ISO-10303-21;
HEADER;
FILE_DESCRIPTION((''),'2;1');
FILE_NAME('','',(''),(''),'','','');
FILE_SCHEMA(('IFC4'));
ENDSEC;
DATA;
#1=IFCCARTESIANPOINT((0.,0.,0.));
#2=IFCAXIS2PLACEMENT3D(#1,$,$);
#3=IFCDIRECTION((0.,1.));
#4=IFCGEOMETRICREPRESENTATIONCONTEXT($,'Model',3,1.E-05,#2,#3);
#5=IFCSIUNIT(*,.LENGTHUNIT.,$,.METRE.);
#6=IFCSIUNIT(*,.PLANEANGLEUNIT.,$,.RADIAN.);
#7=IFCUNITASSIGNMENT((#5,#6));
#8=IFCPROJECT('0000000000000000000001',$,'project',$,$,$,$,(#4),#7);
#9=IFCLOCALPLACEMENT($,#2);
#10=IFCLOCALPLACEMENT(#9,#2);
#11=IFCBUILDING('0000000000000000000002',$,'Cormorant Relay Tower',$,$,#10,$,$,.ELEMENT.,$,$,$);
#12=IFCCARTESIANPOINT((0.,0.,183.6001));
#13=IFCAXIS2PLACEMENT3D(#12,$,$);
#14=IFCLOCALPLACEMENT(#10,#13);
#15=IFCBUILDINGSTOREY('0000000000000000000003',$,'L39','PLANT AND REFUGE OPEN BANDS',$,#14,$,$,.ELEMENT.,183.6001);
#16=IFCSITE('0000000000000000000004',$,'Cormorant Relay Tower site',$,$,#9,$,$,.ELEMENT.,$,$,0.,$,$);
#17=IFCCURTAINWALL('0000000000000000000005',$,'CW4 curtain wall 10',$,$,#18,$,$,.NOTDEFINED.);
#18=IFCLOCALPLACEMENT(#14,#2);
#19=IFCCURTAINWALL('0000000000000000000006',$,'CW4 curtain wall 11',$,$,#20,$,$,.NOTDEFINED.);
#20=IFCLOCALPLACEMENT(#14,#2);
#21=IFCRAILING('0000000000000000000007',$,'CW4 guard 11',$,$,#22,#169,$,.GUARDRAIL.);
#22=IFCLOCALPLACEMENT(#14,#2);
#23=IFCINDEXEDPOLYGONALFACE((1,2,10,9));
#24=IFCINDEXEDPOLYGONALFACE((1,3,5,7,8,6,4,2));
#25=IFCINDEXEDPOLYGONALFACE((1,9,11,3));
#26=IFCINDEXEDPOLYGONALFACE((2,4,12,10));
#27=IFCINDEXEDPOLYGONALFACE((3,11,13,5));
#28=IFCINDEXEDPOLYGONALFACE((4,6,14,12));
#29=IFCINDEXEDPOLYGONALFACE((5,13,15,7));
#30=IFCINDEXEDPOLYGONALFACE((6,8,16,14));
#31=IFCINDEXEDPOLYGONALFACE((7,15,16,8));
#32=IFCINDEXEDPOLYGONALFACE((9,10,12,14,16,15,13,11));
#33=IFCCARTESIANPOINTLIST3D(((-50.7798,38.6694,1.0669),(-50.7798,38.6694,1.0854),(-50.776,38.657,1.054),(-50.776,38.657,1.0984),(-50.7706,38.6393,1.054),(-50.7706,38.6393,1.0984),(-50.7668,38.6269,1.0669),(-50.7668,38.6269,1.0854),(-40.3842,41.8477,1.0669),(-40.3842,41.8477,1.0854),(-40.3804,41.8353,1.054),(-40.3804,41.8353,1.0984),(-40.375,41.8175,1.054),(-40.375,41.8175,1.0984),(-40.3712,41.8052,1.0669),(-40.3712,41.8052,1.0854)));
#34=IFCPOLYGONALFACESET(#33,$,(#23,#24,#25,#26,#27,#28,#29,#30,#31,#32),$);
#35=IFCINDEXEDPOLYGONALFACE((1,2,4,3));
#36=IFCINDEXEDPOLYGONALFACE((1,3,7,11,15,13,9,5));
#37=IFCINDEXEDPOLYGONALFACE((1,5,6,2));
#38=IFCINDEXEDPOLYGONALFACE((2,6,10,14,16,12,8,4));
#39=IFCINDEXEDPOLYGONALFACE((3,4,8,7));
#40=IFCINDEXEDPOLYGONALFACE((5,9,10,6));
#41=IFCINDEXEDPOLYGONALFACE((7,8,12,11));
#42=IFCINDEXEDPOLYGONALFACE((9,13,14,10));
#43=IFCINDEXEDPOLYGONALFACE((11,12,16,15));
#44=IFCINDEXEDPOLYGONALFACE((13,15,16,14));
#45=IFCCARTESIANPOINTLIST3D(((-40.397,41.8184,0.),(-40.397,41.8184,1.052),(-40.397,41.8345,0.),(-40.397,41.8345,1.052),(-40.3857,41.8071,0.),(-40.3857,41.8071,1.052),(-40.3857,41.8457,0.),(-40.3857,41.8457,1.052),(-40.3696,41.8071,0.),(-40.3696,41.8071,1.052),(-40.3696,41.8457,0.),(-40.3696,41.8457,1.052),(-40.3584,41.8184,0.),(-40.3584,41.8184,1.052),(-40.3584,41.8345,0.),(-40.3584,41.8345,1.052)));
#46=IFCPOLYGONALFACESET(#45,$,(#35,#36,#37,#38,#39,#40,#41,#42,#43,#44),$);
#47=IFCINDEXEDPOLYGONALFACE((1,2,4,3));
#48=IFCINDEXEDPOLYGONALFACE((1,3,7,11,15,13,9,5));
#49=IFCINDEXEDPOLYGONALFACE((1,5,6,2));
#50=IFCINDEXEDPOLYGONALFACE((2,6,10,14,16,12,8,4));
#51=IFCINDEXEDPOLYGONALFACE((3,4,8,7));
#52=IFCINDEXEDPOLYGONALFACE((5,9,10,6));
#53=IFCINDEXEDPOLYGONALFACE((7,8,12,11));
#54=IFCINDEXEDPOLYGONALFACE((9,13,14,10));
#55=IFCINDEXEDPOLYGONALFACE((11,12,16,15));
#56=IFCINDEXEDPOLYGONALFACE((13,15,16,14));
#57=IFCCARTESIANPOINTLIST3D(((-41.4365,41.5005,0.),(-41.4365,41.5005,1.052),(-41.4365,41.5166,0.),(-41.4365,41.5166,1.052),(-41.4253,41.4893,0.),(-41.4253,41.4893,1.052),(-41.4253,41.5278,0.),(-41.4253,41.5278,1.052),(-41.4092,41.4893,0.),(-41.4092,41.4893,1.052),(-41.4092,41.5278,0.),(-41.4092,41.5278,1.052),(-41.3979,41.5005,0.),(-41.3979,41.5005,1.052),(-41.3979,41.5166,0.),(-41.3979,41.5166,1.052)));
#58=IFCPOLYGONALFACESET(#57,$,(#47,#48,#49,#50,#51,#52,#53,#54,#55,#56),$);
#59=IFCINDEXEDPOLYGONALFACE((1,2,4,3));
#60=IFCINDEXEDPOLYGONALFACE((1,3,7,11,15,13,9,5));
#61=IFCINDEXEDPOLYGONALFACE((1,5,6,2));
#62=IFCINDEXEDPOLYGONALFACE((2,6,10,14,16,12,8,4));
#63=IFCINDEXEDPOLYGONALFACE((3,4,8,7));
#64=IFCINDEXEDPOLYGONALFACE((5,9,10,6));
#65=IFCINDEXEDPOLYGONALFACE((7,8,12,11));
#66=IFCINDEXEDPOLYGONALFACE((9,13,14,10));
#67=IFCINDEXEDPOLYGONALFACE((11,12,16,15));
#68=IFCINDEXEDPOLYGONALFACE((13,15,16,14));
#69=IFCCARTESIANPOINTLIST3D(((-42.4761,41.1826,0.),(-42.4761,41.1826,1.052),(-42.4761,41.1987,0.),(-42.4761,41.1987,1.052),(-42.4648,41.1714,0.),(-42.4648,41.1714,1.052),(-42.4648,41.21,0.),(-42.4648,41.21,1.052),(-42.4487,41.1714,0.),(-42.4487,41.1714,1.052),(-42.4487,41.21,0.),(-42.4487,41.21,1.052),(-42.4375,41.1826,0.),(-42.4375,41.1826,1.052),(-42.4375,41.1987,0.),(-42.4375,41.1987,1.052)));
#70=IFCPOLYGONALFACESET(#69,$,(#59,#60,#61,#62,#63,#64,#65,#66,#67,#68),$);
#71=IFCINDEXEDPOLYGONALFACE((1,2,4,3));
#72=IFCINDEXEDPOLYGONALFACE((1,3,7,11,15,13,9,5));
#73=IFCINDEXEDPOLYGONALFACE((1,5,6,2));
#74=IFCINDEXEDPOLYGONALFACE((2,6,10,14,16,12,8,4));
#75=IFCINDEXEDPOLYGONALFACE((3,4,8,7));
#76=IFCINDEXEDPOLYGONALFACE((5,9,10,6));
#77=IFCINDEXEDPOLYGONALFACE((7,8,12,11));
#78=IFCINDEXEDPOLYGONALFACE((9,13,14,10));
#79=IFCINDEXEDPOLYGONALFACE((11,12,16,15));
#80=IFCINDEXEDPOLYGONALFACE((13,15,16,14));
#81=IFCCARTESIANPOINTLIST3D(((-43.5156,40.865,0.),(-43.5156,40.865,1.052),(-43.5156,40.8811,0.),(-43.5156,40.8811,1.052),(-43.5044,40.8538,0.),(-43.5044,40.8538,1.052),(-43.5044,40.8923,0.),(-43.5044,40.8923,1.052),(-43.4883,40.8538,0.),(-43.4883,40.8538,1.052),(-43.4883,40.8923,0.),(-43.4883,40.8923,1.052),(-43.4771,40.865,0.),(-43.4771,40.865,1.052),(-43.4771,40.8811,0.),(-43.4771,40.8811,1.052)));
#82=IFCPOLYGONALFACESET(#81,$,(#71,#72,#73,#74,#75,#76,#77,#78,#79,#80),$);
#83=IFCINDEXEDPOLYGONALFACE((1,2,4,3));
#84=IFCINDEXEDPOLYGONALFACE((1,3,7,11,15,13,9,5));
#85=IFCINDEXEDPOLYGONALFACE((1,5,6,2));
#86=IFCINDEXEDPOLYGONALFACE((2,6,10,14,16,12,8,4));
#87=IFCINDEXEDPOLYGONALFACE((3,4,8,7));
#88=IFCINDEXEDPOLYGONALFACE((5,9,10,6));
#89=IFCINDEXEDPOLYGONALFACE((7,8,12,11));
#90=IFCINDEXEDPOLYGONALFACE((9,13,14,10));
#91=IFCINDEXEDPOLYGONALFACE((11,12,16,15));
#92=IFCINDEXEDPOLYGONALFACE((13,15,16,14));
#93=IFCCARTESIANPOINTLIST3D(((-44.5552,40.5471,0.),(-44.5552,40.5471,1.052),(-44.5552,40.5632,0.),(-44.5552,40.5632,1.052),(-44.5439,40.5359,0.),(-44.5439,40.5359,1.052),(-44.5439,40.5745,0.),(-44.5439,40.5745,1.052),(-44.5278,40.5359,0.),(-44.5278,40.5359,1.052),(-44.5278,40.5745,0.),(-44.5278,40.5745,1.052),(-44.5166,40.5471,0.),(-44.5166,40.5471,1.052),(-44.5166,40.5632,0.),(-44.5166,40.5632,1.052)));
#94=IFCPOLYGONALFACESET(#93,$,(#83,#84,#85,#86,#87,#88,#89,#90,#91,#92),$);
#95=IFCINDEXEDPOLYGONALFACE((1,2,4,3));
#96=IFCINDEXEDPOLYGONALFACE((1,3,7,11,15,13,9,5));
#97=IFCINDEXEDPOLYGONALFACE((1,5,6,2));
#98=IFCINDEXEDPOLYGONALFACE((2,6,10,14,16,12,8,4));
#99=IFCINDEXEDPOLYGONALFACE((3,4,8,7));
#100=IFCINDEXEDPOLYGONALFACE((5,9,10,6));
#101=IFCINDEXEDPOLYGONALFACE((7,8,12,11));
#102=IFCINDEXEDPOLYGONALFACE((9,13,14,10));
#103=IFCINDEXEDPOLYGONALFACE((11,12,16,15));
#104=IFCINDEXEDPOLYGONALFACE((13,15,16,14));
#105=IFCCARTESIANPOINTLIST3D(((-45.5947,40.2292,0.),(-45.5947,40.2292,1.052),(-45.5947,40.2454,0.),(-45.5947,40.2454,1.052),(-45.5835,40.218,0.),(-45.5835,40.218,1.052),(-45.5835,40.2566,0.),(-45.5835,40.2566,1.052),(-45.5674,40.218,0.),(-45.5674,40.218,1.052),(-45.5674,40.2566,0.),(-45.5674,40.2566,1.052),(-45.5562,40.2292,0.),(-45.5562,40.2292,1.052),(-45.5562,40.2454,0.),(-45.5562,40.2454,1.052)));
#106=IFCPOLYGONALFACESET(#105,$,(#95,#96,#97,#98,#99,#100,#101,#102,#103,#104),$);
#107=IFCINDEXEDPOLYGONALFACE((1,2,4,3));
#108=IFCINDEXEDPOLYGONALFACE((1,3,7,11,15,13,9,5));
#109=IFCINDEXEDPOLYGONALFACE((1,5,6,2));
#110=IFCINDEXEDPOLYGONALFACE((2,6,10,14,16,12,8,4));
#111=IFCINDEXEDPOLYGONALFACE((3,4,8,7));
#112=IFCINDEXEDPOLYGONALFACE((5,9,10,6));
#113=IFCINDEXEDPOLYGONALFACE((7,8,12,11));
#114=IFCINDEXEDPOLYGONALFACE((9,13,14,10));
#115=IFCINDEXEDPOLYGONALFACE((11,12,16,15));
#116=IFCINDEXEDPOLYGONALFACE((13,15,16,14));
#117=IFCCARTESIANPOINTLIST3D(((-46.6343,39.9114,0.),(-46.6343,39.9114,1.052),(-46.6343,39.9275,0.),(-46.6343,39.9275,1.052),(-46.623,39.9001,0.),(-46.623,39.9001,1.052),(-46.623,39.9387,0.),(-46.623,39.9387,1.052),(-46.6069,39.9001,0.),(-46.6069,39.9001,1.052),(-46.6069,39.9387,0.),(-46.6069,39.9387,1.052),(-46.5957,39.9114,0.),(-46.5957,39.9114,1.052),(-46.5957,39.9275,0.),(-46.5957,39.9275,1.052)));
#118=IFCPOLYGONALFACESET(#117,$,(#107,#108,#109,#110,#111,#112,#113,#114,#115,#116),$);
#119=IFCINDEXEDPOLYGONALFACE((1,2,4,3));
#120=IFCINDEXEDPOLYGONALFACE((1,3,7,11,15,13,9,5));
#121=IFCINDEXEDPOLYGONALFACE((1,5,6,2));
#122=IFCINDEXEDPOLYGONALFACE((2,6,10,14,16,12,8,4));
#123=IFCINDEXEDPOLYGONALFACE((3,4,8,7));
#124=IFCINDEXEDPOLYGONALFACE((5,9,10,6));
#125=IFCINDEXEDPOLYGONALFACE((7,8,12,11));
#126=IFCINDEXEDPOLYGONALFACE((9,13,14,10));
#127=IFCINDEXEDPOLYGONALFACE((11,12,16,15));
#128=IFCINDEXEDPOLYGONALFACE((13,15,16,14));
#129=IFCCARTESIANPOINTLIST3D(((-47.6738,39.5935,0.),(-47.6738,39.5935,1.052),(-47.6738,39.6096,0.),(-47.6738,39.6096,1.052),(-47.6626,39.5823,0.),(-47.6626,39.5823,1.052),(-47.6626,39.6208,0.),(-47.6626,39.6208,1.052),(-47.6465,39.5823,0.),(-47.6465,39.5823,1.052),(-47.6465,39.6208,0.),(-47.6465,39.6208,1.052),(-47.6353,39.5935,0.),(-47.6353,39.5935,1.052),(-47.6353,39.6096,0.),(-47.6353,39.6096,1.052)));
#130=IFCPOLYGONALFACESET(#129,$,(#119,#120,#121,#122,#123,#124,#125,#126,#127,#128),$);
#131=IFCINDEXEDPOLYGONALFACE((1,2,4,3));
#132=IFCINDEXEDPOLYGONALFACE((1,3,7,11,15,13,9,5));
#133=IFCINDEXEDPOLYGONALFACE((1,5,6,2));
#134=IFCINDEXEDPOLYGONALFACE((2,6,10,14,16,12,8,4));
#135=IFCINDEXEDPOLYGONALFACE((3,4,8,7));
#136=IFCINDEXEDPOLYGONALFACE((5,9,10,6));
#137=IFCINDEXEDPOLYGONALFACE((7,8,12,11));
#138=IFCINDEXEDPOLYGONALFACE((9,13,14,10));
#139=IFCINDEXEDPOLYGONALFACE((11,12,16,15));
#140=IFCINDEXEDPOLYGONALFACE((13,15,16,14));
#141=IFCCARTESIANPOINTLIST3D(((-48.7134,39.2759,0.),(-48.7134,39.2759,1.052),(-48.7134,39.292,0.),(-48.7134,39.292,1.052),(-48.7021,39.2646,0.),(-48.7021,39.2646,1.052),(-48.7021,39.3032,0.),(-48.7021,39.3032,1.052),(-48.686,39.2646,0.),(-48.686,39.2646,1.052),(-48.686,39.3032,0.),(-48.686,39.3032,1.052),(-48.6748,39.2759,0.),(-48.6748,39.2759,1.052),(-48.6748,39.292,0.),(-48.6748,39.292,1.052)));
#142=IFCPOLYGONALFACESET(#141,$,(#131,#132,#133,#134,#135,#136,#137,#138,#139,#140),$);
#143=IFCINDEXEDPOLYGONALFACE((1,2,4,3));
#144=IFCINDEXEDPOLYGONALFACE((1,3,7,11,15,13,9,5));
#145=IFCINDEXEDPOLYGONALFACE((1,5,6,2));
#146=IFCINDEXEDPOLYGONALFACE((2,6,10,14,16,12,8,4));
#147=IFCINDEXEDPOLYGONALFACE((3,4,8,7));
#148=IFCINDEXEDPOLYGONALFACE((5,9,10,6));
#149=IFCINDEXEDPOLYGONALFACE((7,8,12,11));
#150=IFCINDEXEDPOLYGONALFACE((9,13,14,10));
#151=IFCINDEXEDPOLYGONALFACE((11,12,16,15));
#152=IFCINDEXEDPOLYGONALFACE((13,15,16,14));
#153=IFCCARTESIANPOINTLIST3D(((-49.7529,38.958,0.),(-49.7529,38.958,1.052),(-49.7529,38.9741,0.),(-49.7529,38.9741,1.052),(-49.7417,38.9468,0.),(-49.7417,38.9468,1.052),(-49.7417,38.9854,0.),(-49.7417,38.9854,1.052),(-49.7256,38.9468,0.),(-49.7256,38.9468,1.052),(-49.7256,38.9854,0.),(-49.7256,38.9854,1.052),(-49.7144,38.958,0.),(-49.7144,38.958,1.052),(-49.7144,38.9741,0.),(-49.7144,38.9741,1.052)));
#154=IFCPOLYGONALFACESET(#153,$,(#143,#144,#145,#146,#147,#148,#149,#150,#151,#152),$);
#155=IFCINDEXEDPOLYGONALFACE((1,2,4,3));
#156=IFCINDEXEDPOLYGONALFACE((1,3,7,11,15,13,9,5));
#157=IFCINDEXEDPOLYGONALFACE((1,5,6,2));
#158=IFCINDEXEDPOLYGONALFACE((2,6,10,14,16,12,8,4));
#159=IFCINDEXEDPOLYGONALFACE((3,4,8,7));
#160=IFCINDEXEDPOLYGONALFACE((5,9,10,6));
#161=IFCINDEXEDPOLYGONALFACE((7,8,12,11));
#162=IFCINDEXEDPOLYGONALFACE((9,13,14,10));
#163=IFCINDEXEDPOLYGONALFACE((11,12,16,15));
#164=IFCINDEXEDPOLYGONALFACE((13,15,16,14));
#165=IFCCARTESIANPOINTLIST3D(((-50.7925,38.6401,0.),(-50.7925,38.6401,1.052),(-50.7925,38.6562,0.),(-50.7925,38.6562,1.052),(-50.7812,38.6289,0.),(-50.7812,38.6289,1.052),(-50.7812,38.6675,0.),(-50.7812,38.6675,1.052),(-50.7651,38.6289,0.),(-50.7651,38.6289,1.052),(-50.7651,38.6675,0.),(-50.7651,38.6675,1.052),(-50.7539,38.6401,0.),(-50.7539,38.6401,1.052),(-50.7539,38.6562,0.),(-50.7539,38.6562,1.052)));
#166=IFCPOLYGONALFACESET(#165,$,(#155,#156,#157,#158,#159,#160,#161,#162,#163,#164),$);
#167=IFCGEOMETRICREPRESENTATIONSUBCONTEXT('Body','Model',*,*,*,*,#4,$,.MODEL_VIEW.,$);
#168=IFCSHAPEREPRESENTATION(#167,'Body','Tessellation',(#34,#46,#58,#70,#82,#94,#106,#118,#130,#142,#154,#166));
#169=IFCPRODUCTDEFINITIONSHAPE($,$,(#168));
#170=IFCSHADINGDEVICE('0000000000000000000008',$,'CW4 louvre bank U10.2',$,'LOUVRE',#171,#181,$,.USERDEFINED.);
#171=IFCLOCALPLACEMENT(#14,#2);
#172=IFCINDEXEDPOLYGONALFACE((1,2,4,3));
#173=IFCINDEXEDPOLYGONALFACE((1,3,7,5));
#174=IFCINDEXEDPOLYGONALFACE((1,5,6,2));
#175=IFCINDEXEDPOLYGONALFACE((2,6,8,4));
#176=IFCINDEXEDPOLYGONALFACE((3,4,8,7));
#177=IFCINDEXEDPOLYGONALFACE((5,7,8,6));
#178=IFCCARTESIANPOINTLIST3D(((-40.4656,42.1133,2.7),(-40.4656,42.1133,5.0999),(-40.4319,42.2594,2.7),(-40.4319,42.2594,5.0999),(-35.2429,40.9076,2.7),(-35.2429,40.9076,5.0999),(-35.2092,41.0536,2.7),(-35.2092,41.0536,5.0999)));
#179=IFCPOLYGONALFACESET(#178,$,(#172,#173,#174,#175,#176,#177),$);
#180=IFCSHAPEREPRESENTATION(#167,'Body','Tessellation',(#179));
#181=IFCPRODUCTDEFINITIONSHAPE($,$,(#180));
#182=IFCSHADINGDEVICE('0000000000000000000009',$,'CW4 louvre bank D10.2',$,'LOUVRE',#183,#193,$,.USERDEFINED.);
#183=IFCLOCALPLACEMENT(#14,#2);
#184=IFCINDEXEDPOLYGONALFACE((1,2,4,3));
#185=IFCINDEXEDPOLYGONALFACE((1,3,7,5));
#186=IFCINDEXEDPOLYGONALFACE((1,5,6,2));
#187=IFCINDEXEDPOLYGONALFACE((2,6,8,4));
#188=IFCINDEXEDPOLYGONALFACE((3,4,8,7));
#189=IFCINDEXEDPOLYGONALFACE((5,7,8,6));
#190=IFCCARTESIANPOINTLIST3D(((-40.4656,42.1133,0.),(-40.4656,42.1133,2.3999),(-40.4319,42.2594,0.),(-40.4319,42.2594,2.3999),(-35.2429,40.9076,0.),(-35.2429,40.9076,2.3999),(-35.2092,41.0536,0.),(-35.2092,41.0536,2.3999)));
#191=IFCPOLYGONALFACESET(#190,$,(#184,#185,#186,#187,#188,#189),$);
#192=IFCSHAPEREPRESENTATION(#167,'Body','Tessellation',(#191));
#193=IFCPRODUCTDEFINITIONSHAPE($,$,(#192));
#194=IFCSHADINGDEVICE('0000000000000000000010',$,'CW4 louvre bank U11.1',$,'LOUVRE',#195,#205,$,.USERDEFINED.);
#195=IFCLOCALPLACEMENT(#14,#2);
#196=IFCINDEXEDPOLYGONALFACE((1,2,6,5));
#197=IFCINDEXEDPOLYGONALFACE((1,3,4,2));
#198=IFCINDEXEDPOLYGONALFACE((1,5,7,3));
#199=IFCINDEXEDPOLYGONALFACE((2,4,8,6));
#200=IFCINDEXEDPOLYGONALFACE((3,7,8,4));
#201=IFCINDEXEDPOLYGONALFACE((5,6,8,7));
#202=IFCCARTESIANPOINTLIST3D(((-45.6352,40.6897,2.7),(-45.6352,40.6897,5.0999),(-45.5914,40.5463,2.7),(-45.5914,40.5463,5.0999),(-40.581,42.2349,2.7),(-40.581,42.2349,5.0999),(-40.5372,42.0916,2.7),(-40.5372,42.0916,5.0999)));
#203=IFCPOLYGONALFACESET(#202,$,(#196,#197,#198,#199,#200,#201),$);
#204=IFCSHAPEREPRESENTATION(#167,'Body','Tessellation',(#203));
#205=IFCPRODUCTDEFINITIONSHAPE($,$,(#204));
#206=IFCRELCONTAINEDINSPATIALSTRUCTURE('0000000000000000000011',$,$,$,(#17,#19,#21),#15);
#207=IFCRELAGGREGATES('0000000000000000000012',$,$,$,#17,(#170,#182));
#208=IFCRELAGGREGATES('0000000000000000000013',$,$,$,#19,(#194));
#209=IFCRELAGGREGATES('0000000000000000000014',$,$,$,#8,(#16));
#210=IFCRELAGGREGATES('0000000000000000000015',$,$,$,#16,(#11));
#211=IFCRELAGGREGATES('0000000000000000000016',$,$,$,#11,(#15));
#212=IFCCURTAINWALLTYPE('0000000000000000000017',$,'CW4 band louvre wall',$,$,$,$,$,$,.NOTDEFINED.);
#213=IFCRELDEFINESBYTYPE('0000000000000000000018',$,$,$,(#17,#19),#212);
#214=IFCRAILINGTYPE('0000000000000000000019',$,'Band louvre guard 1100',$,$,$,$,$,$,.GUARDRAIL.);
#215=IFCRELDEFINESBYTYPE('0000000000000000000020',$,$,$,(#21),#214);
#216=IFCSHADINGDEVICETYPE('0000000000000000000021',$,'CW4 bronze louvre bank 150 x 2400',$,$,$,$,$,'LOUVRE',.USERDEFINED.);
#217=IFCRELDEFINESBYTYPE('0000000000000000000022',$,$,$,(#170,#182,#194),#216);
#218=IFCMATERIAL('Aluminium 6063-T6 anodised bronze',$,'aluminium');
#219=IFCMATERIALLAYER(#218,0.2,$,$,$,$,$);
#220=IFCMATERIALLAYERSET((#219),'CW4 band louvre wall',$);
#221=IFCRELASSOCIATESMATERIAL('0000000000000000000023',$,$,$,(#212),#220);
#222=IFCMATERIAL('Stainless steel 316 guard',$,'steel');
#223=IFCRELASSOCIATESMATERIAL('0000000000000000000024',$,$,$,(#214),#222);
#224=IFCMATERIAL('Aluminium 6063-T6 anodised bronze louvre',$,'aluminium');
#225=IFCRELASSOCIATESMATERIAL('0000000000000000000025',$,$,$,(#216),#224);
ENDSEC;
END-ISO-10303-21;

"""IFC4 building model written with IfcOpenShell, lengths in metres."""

from ifc_helpers import new_model, si_unit, direction, frame, origin, origin_2d, place, context, subcontext, project, spatial, polyline, rectangle, outline, extrude, material, layer, layer_set, type_object, element, aggregate, save


model = new_model("IFC4")

# Units and contexts
model_context = context("Model", 3, precision=1e-05, world=origin(), true_north=direction((0.0, 1.0)))
body_context = subcontext(model_context, "Body", "Model", "MODEL_VIEW")
ifc_project = project(units=[si_unit("LENGTHUNIT", "METRE"), si_unit("PLANEANGLEUNIT", "RADIAN")], contexts=[model_context])

# Site, building, storey
site_placement = place(None, origin())
site = spatial("IfcSite", under=ifc_project, at=site_placement, Name="Cormorant Relay Tower site", CompositionType="ELEMENT", RefElevation=0.0)
building_placement = place(site_placement, origin())
building = spatial("IfcBuilding", under=site, at=building_placement, Name="Cormorant Relay Tower", CompositionType="ELEMENT")
storey_placement = place(building_placement, frame((0.0, 0.0, 183.6001)))
storey = spatial("IfcBuildingStorey", under=building, at=storey_placement, Name="L39", Description="PLANT AND REFUGE OPEN BANDS", CompositionType="ELEMENT", Elevation=183.6001)

# Curtain wall
ifc_material_1 = material(Name="Aluminium 6063-T6 anodised bronze", Category="aluminium")
ifc_layer_1 = layer(ifc_material_1, 0.2)
ifc_layer_set_1 = layer_set([ifc_layer_1], Name="CW4 band louvre wall")
curtain_wall_type = type_object("IfcCurtainWallType", Name="CW4 band louvre wall", PredefinedType="NOTDEFINED", material=ifc_layer_set_1)
curtain_wall_1_placement = place(storey_placement, origin())
curtain_wall_1 = element("IfcCurtainWall", 1, at=curtain_wall_1_placement, inside=storey, type_object=curtain_wall_type, Name="CW4 curtain wall 10", PredefinedType="NOTDEFINED")

# Curtain wall
curtain_wall_2_placement = place(storey_placement, origin())
curtain_wall_2 = element("IfcCurtainWall", 2, at=curtain_wall_2_placement, inside=storey, type_object=curtain_wall_type, Name="CW4 curtain wall 11", PredefinedType="NOTDEFINED")

# Railing
ifc_material_2 = material(Name="Stainless steel 316 guard", Category="steel")
railing_type = type_object("IfcRailingType", Name="Band louvre guard 1100", PredefinedType="GUARDRAIL", material=ifc_material_2)
railing_placement = place(storey_placement, frame((-40.3777, 41.8264, 0.0)))
element("IfcRailing", 3, at=railing_placement, inside=storey, type_object=railing_type, Name="CW4 guard 11", PredefinedType="GUARDRAIL", context=body_context, shape_type="SweptSolid", body=[
    extrude(outline(polyline([(0.0222, 0.0093), (0.0093, 0.0222), (-0.0093, 0.0222), (-0.0222, 0.0093), (-0.0222, -0.0093), (-0.0093, -0.0222), (0.0093, -0.0222), (0.0222, -0.0093), (0.0222, 0.0093)])), frame((0.0, 0.0, 1.0762), z_axis=(-0.956305, -0.292371, 0.0), x_axis=(0.292371, -0.956305, 0.0)), (0.0, 0.0, 1.0), 10.8706),
    extrude(outline(polyline([(0.0193, 0.0081), (0.0081, 0.0193), (-0.0081, 0.0193), (-0.0193, 0.0081), (-0.0193, -0.0081), (-0.0081, -0.0193), (0.0081, -0.0193), (0.0193, -0.0081), (0.0193, 0.0081)])), origin(), (0.0, 0.0, 1.0), 1.052),
    extrude(outline(polyline([(0.0193, 0.0081), (0.0081, 0.0193), (-0.0081, 0.0193), (-0.0193, 0.0081), (-0.0193, -0.0081), (-0.0081, -0.0193), (0.0081, -0.0193), (0.0193, -0.0081), (0.0193, 0.0081)])), frame((-1.0396, -0.3179, 0.0)), (0.0, 0.0, 1.0), 1.052),
    extrude(outline(polyline([(0.0193, 0.0081), (0.0081, 0.0193), (-0.0081, 0.0193), (-0.0193, 0.0081), (-0.0193, -0.0081), (-0.0081, -0.0193), (0.0081, -0.0193), (0.0193, -0.0081), (0.0193, 0.0081)])), frame((-2.0791, -0.6357, 0.0)), (0.0, 0.0, 1.0), 1.052),
    extrude(outline(polyline([(0.0193, 0.0081), (0.0081, 0.0193), (-0.0081, 0.0193), (-0.0193, 0.0081), (-0.0193, -0.0081), (-0.0081, -0.0193), (0.0081, -0.0193), (0.0193, -0.0081), (0.0193, 0.0081)])), frame((-3.1187, -0.9534, 0.0)), (0.0, 0.0, 1.0), 1.052),
    extrude(outline(polyline([(0.0193, 0.0081), (0.0081, 0.0193), (-0.0081, 0.0193), (-0.0193, 0.0081), (-0.0193, -0.0081), (-0.0081, -0.0193), (0.0081, -0.0193), (0.0193, -0.0081), (0.0193, 0.0081)])), frame((-4.1582, -1.2712, 0.0)), (0.0, 0.0, 1.0), 1.052),
    extrude(outline(polyline([(0.0193, 0.0081), (0.0081, 0.0193), (-0.0081, 0.0193), (-0.0193, 0.0081), (-0.0193, -0.0081), (-0.0081, -0.0193), (0.0081, -0.0193), (0.0193, -0.0081), (0.0193, 0.0081)])), frame((-5.1978, -1.5891, 0.0)), (0.0, 0.0, 1.0), 1.052),
    extrude(outline(polyline([(0.0193, 0.0081), (0.0081, 0.0193), (-0.0081, 0.0193), (-0.0193, 0.0081), (-0.0193, -0.0081), (-0.0081, -0.0193), (0.0081, -0.0193), (0.0193, -0.0081), (0.0193, 0.0081)])), frame((-6.2373, -1.907, 0.0)), (0.0, 0.0, 1.0), 1.052),
    extrude(outline(polyline([(0.0193, 0.0081), (0.0081, 0.0193), (-0.0081, 0.0193), (-0.0193, 0.0081), (-0.0193, -0.0081), (-0.0081, -0.0193), (0.0081, -0.0193), (0.0193, -0.0081), (0.0193, 0.0081)])), frame((-7.2769, -2.2249, 0.0)), (0.0, 0.0, 1.0), 1.052),
    extrude(outline(polyline([(0.0193, 0.0081), (0.0081, 0.0193), (-0.0081, 0.0193), (-0.0193, 0.0081), (-0.0193, -0.0081), (-0.0081, -0.0193), (0.0081, -0.0193), (0.0193, -0.0081), (0.0193, 0.0081)])), frame((-8.3164, -2.5425, 0.0)), (0.0, 0.0, 1.0), 1.052),
    extrude(outline(polyline([(0.0193, 0.0081), (0.0081, 0.0193), (-0.0081, 0.0193), (-0.0193, 0.0081), (-0.0193, -0.0081), (-0.0081, -0.0193), (0.0081, -0.0193), (0.0193, -0.0081), (0.0193, 0.0081)])), frame((-9.356, -2.8604, 0.0)), (0.0, 0.0, 1.0), 1.052),
    extrude(outline(polyline([(0.0193, 0.0081), (0.0081, 0.0193), (-0.0081, 0.0193), (-0.0193, 0.0081), (-0.0193, -0.0081), (-0.0081, -0.0193), (0.0081, -0.0193), (0.0193, -0.0081), (0.0193, 0.0081)])), frame((-10.3955, -3.1782, 0.0)), (0.0, 0.0, 1.0), 1.052),
])

# Shading devices
ifc_material_3 = material(Name="Aluminium 6063-T6 anodised bronze louvre", Category="aluminium")
shading_device_type = type_object("IfcShadingDeviceType", Name="CW4 bronze louvre bank 150 x 2400", ElementType="LOUVRE", PredefinedType="USERDEFINED", material=ifc_material_3)
shading_device_1_placement = place(storey_placement, frame((-37.8374, 41.5835, 2.7), z_axis=(0.0, 0.0, 1.0), x_axis=(-0.97437, 0.224951, 0.0)))
shading_device_1 = element("IfcShadingDevice", 4, at=shading_device_1_placement, type_object=shading_device_type, Name="CW4 louvre bank U10.2", ObjectType="LOUVRE", PredefinedType="USERDEFINED", context=body_context, shape_type="SweptSolid", body=[
    extrude(rectangle(XDim=5.3601, YDim=0.1499, at=origin_2d()), origin(), (0.0, 0.0, 1.0), 2.3999),
])
shading_device_2_placement = place(storey_placement, frame((-37.8374, 41.5835, 0.0), z_axis=(0.0, 0.0, 1.0), x_axis=(-0.97437, 0.224951, 0.0)))
shading_device_2 = element("IfcShadingDevice", 5, at=shading_device_2_placement, type_object=shading_device_type, Name="CW4 louvre bank D10.2", ObjectType="LOUVRE", PredefinedType="USERDEFINED", context=body_context, shape_type="SweptSolid", body=[
    extrude(rectangle(XDim=5.3601, YDim=0.1499, at=origin_2d()), origin(), (0.0, 0.0, 1.0), 2.3999),
])
aggregate(curtain_wall_1, [shading_device_1, shading_device_2])
shading_device_3_placement = place(storey_placement, frame((-43.0862, 41.3906, 2.7), z_axis=(0.0, 0.0, 1.0), x_axis=(-0.956305, -0.292372, 0.0)))
shading_device_3 = element("IfcShadingDevice", 6, at=shading_device_3_placement, type_object=shading_device_type, Name="CW4 louvre bank U11.1", ObjectType="LOUVRE", PredefinedType="USERDEFINED", context=body_context, shape_type="SweptSolid", body=[
    extrude(rectangle(XDim=5.2852, YDim=0.1499, at=origin_2d()), origin(), (0.0, 0.0, 1.0), 2.3999),
])
aggregate(curtain_wall_2, [shading_device_3])

save(model, "model.ifc")
